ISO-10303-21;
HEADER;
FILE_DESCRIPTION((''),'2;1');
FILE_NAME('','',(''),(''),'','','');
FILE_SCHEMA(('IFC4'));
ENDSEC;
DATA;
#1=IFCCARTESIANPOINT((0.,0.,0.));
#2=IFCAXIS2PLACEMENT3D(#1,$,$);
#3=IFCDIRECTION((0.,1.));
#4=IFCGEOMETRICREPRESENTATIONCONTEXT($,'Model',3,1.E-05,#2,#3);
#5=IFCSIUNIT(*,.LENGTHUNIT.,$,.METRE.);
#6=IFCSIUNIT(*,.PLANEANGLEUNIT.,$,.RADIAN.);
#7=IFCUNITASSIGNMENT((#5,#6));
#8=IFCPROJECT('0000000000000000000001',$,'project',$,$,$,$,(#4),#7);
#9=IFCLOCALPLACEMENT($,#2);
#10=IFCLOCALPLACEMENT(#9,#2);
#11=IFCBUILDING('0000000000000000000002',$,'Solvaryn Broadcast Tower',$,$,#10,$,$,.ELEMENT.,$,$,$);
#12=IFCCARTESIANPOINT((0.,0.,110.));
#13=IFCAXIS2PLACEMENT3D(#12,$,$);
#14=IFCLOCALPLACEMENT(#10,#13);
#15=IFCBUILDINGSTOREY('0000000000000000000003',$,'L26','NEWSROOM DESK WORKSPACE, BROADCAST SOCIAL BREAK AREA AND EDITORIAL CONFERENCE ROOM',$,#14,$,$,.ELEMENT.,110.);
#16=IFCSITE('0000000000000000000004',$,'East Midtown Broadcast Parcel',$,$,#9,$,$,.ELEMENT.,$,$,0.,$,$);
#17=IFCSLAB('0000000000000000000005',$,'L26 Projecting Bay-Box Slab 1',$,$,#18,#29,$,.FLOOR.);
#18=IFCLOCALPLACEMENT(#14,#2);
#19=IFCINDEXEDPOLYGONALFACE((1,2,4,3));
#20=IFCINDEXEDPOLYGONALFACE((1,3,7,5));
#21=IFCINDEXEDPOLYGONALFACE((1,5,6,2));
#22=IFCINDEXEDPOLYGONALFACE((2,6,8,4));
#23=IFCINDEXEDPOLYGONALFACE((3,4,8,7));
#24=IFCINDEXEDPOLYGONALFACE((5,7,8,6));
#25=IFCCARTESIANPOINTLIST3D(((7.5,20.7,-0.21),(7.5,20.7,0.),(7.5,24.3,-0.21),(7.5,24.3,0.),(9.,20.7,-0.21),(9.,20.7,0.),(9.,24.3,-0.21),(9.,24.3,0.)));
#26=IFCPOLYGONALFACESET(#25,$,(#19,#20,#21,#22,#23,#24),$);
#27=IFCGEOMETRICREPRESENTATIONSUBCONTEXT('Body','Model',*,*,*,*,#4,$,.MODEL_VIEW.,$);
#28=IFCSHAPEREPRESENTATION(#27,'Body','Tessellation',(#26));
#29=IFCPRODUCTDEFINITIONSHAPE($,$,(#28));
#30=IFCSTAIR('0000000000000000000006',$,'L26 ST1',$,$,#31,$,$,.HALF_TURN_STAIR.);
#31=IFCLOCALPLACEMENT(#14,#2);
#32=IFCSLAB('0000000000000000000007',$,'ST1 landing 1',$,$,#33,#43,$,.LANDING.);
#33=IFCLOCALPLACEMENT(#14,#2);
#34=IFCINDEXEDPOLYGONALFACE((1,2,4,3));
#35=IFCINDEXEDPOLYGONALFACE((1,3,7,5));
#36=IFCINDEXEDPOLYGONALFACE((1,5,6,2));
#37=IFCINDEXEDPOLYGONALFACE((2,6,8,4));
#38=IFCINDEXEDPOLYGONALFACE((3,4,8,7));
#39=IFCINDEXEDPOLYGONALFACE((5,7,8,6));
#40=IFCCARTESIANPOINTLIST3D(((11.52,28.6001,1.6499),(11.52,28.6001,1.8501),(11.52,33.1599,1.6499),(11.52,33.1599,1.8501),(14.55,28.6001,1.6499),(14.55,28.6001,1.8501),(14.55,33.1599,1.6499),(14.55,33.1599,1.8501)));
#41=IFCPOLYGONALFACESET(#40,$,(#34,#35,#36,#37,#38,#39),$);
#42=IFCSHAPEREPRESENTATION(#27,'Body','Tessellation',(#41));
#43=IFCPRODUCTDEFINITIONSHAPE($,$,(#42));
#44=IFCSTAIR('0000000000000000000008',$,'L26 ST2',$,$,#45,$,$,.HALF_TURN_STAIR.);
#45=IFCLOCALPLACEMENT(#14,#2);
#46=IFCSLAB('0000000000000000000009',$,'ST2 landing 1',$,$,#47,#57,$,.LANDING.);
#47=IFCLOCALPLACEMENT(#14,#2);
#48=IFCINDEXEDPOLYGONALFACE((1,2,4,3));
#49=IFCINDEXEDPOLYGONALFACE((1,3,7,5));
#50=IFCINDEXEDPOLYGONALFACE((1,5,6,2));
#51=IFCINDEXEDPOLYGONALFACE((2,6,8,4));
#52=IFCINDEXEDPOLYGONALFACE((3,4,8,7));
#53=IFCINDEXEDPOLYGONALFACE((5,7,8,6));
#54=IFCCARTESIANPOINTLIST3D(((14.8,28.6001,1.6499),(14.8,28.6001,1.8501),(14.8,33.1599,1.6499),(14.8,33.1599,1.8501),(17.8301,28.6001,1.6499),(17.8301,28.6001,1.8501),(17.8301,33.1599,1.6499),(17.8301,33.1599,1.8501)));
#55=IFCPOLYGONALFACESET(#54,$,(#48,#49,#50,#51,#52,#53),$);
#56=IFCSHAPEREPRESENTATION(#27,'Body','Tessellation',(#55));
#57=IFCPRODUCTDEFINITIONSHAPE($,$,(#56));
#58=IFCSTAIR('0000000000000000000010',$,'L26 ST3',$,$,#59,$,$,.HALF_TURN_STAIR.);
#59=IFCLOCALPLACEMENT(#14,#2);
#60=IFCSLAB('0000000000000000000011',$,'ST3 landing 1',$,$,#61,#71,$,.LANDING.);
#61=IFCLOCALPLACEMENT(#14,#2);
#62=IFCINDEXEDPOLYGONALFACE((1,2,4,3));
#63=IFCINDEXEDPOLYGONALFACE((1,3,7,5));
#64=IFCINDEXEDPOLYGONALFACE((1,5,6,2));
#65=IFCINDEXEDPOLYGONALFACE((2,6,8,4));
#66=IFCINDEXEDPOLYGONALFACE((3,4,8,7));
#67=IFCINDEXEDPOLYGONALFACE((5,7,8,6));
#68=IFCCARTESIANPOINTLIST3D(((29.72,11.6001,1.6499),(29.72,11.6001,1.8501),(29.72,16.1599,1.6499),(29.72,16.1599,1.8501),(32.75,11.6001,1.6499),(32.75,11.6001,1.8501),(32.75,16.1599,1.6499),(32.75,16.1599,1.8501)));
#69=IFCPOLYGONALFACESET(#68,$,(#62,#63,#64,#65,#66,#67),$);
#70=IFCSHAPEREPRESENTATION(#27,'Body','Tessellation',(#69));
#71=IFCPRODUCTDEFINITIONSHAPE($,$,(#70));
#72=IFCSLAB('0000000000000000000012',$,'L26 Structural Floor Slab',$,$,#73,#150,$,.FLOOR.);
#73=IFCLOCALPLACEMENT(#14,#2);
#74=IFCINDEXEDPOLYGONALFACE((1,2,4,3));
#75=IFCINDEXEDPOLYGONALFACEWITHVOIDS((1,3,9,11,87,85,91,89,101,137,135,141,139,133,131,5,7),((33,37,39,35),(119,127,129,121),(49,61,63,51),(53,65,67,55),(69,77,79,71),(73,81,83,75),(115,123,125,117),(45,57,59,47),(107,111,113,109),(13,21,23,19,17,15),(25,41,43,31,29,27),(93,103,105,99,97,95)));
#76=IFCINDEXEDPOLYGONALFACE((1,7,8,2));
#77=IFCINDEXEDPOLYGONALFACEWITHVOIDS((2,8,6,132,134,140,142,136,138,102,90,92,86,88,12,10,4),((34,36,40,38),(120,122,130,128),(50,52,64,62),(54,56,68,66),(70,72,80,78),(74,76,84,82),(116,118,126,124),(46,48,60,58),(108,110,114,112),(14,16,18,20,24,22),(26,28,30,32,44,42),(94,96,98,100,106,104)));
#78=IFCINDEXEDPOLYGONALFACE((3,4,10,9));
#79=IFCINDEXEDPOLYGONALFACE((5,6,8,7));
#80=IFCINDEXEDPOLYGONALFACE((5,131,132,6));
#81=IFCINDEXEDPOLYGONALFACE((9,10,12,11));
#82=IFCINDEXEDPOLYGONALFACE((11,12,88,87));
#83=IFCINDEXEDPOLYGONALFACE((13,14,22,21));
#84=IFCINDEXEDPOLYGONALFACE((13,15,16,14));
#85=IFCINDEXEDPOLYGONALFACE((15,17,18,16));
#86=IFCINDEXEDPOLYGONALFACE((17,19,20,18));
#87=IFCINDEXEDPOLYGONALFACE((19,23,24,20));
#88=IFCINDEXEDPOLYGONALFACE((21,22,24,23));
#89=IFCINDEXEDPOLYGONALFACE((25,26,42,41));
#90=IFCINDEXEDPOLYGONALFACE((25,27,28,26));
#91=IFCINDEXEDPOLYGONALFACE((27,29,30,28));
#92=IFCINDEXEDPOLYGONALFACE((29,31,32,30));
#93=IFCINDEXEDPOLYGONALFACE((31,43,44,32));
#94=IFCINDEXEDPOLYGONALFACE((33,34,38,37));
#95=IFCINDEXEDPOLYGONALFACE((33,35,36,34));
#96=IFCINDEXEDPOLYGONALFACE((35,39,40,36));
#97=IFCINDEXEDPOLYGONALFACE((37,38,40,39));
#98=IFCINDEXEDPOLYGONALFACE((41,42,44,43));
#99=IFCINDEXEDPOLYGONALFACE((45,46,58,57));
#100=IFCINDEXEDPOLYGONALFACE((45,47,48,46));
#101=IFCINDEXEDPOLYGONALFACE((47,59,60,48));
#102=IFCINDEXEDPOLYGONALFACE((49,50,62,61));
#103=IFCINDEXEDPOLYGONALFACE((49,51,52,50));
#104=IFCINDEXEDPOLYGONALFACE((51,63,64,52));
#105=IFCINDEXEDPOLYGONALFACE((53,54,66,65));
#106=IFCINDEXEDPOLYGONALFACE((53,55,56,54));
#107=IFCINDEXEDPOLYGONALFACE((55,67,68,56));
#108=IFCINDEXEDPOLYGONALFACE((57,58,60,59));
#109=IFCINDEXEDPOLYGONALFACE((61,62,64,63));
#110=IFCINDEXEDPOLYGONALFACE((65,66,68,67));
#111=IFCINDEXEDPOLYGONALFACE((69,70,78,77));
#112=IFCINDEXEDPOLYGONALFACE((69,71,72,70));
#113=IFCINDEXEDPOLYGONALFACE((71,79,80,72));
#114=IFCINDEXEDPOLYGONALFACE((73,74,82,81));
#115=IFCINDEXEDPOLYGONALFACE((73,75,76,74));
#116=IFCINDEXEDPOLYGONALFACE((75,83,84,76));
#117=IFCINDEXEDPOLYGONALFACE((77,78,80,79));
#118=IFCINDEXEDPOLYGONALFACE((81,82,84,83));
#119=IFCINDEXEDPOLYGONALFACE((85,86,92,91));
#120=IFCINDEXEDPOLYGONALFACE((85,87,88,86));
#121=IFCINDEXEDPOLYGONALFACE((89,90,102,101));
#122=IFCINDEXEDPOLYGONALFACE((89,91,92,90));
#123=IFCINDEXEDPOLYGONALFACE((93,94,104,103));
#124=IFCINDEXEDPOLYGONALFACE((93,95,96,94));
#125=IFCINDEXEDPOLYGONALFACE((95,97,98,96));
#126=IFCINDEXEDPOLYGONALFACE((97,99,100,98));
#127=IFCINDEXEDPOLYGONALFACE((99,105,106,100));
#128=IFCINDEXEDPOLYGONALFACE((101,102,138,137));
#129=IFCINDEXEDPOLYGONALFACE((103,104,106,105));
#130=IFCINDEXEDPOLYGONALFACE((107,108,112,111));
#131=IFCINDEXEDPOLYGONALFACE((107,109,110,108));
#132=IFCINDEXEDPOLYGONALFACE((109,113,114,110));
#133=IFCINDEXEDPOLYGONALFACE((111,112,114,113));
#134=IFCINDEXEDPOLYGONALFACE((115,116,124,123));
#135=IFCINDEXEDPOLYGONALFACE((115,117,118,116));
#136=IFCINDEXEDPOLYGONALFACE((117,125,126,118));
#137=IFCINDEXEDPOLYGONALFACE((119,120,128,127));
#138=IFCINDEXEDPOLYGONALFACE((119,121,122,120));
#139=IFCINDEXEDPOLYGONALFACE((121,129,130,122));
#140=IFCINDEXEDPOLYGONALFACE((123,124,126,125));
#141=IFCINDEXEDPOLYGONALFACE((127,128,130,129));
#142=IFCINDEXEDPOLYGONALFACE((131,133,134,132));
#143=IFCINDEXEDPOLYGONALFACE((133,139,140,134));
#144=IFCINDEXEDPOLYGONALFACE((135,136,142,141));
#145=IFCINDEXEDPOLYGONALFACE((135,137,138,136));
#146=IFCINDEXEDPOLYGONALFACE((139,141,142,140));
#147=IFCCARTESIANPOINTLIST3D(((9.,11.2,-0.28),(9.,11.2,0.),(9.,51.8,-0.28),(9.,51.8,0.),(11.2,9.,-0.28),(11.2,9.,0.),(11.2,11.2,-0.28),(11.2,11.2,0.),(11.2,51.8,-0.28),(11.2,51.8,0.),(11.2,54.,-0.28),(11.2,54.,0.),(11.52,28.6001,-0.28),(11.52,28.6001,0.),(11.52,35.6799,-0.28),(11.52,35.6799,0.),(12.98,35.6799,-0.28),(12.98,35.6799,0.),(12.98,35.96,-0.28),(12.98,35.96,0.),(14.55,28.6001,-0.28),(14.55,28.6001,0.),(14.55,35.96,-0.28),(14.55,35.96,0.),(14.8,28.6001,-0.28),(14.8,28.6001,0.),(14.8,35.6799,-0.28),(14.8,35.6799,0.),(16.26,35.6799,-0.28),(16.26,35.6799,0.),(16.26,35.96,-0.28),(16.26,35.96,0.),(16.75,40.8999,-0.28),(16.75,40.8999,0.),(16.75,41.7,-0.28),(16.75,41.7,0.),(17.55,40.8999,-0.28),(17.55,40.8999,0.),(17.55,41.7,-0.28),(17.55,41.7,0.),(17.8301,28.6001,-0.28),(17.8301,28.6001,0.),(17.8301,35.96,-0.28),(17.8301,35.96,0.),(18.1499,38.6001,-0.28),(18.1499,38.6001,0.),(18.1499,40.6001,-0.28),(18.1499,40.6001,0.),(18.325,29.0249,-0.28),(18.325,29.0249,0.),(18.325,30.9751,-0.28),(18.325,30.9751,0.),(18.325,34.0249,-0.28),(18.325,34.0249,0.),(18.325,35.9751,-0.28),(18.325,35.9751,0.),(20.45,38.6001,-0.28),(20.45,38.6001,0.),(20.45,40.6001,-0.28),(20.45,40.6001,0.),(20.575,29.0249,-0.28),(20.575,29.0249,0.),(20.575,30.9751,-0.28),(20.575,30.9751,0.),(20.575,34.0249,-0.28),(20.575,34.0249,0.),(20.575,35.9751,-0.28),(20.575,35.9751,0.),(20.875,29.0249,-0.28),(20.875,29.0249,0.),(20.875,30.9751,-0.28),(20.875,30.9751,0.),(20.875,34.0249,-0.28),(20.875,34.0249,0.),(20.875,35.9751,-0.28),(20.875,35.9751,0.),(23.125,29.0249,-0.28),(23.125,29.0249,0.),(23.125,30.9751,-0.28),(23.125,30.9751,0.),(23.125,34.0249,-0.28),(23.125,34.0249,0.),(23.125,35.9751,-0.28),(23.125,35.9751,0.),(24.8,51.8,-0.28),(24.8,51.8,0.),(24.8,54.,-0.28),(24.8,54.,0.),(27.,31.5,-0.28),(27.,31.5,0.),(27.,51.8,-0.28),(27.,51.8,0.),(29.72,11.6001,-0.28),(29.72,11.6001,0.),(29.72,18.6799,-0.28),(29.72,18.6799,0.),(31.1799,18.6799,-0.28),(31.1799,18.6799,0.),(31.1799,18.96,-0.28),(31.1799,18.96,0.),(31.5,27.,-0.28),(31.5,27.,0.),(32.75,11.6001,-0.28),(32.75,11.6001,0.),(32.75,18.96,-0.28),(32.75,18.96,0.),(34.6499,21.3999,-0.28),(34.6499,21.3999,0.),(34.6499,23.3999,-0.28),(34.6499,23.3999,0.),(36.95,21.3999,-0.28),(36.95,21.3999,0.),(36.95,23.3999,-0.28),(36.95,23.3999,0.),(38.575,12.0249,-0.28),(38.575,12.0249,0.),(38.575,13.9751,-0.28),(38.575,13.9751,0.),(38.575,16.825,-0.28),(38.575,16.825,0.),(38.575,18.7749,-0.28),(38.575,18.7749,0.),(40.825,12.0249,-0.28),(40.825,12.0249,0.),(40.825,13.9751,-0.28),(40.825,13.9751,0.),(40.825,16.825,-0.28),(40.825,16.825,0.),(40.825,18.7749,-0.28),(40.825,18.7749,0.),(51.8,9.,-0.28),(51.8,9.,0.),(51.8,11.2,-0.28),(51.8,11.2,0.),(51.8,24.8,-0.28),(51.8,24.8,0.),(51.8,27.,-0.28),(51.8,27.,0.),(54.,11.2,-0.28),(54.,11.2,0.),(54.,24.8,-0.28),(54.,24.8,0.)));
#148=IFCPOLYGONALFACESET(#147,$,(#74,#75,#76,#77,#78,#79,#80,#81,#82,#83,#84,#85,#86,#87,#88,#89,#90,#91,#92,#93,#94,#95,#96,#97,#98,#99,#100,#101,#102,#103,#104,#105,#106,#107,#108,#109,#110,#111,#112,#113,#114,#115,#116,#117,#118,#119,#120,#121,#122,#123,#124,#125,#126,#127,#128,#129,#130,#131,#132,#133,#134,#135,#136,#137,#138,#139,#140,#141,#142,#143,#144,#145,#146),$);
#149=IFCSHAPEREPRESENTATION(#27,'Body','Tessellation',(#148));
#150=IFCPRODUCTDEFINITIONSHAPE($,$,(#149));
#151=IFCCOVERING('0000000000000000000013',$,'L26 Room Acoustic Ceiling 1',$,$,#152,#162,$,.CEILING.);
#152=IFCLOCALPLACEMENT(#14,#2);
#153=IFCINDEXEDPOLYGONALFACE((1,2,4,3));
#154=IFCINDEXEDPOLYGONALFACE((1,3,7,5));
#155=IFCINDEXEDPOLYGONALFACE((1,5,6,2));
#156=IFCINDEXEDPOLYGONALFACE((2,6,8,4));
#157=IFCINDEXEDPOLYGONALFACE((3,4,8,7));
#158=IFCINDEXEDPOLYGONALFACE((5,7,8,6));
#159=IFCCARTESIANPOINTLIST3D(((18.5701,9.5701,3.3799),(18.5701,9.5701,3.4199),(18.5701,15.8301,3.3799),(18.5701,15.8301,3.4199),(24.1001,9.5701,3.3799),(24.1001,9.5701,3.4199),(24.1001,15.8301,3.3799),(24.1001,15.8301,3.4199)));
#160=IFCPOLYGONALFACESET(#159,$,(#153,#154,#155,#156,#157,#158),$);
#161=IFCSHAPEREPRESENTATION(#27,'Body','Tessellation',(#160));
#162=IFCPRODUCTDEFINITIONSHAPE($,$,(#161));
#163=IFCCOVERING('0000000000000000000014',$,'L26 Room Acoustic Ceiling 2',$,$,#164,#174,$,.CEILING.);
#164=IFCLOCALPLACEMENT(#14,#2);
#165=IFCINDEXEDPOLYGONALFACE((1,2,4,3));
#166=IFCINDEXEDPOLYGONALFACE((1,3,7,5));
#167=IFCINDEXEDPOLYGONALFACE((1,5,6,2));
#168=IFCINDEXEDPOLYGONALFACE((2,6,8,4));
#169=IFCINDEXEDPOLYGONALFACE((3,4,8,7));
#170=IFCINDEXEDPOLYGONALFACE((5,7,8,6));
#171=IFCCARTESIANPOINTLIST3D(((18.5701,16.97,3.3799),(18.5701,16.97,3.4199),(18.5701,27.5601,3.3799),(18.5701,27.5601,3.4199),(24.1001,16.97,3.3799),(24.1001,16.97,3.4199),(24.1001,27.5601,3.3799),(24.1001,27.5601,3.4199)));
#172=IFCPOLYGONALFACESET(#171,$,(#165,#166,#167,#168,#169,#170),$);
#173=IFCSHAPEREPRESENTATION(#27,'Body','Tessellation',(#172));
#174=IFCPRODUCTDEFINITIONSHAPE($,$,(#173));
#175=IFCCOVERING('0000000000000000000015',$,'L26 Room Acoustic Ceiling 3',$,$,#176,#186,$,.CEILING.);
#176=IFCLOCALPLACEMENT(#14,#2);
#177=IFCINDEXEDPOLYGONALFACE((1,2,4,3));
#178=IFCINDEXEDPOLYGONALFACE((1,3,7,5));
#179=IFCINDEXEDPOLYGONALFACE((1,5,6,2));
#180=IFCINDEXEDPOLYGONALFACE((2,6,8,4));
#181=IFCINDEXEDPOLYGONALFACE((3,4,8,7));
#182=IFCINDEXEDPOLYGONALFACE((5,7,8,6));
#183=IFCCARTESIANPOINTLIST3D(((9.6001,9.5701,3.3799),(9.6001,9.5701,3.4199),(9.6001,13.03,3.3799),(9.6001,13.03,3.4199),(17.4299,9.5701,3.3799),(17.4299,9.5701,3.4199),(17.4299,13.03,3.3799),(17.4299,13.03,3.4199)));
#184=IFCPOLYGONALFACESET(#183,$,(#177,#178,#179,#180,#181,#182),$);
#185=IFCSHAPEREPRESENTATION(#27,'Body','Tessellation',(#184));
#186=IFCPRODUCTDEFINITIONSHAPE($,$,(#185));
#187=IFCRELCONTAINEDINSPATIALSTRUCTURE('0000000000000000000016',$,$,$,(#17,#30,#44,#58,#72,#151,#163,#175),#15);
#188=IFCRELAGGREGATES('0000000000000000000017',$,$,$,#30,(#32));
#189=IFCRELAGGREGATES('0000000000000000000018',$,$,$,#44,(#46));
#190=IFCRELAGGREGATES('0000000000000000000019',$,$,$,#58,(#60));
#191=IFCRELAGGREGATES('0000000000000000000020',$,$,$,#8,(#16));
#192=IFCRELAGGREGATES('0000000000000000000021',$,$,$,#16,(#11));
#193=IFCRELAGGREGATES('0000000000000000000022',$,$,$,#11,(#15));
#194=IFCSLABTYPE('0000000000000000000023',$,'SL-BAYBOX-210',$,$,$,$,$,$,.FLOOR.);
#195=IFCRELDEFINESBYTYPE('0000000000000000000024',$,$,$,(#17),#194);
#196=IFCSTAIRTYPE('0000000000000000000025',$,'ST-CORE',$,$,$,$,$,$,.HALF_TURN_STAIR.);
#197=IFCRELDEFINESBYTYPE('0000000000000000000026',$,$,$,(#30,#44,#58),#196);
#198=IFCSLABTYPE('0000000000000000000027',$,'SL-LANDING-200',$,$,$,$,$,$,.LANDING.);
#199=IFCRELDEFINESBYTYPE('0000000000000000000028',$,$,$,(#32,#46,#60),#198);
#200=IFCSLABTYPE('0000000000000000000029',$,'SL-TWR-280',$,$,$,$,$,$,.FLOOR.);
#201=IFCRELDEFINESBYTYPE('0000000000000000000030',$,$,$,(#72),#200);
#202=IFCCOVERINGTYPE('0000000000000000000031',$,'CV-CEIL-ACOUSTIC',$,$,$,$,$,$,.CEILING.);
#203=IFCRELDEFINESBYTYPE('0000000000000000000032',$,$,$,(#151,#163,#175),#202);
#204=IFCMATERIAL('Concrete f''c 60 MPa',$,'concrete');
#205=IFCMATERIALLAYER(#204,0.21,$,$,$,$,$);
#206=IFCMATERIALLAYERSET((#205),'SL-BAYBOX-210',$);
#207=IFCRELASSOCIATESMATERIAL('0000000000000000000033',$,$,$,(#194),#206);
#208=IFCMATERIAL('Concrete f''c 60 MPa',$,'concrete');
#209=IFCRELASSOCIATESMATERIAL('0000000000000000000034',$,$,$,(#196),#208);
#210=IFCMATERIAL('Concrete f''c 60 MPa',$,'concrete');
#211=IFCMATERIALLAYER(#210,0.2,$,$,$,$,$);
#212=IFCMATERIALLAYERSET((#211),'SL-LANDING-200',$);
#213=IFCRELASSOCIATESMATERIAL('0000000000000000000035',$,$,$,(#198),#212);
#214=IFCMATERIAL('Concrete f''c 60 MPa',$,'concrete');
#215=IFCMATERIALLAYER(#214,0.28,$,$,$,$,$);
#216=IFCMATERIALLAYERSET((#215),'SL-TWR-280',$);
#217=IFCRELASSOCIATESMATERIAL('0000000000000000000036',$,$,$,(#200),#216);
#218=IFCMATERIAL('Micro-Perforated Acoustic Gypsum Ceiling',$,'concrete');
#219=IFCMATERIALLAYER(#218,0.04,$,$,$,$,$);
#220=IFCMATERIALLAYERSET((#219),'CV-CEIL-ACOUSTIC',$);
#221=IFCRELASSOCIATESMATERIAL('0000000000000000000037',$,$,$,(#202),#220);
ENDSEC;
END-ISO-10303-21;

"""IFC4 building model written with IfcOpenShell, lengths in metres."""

from ifc_helpers import new_model, si_unit, direction, frame, origin, place, context, subcontext, project, spatial, polyline, outline, extrude, material, layer, layer_set, type_object, element, aggregate, save


model = new_model("IFC4")

# Units and contexts
model_context = context("Model", 3, precision=1e-05, world=origin(), true_north=direction((0.0, 1.0)))
body_context = subcontext(model_context, "Body", "Model", "MODEL_VIEW")
ifc_project = project(units=[si_unit("LENGTHUNIT", "METRE"), si_unit("PLANEANGLEUNIT", "RADIAN")], contexts=[model_context])

# Site, building, storey
site_placement = place(None, origin())
site = spatial("IfcSite", under=ifc_project, at=site_placement, Name="East Midtown Broadcast Parcel", CompositionType="ELEMENT", RefElevation=0.0)
building_placement = place(site_placement, origin())
building = spatial("IfcBuilding", under=site, at=building_placement, Name="Solvaryn Broadcast Tower", CompositionType="ELEMENT")
storey_placement = place(building_placement, frame((0.0, 0.0, 110.0)))
storey = spatial("IfcBuildingStorey", under=building, at=storey_placement, Name="L26", Description="NEWSROOM DESK WORKSPACE, BROADCAST SOCIAL BREAK AREA AND EDITORIAL CONFERENCE ROOM", CompositionType="ELEMENT", Elevation=110.0)

# Slab
ifc_material_1 = material(Name="Concrete f'c 60 MPa", Category="concrete")
ifc_layer_1 = layer(ifc_material_1, 0.21)
ifc_layer_set_1 = layer_set([ifc_layer_1], Name="SL-BAYBOX-210")
slab_type_1 = type_object("IfcSlabType", Name="SL-BAYBOX-210", PredefinedType="FLOOR", material=ifc_layer_set_1)
slab_1_placement = place(storey_placement, frame((0.0, 0.0, -0.21)))
element("IfcSlab", 1, at=slab_1_placement, inside=storey, type_object=slab_type_1, Name="L26 Projecting Bay-Box Slab 1", PredefinedType="FLOOR", context=body_context, shape_type="SweptSolid", body=[
    extrude(outline(polyline([(7.5, 20.7), (9.0, 20.7), (9.0, 24.3), (7.5, 24.3), (7.5, 20.7)])), origin(), (0.0, 0.0, 1.0), 0.21),
])

# Stairs, slabs
ifc_material_2 = material(Name="Concrete f'c 60 MPa", Category="concrete")
stair_type = type_object("IfcStairType", Name="ST-CORE", PredefinedType="HALF_TURN_STAIR", material=ifc_material_2)
stair_1_placement = place(storey_placement, origin())
stair_1 = element("IfcStair", 2, at=stair_1_placement, inside=storey, type_object=stair_type, Name="L26 ST1", PredefinedType="HALF_TURN_STAIR")
ifc_material_3 = material(Name="Concrete f'c 60 MPa", Category="concrete")
ifc_layer_2 = layer(ifc_material_3, 0.2)
ifc_layer_set_2 = layer_set([ifc_layer_2], Name="SL-LANDING-200")
slab_type_2 = type_object("IfcSlabType", Name="SL-LANDING-200", PredefinedType="LANDING", material=ifc_layer_set_2)
slab_2_placement = place(storey_placement, frame((0.0, 0.0, 1.6499)))
slab_2 = element("IfcSlab", 3, at=slab_2_placement, type_object=slab_type_2, Name="ST1 landing 1", PredefinedType="LANDING", context=body_context, shape_type="SweptSolid", body=[
    extrude(outline(polyline([(11.52, 33.1599), (11.52, 28.6001), (14.55, 28.6001), (14.55, 33.1599), (11.52, 33.1599)])), origin(), (0.0, 0.0, 1.0), 0.2002),
])
aggregate(stair_1, [slab_2])
stair_2_placement = place(storey_placement, origin())
stair_2 = element("IfcStair", 4, at=stair_2_placement, inside=storey, type_object=stair_type, Name="L26 ST2", PredefinedType="HALF_TURN_STAIR")
slab_3_placement = place(storey_placement, frame((0.0, 0.0, 1.6499)))
slab_3 = element("IfcSlab", 5, at=slab_3_placement, type_object=slab_type_2, Name="ST2 landing 1", PredefinedType="LANDING", context=body_context, shape_type="SweptSolid", body=[
    extrude(outline(polyline([(14.8, 33.1599), (14.8, 28.6001), (17.8301, 28.6001), (17.8301, 33.1599), (14.8, 33.1599)])), origin(), (0.0, 0.0, 1.0), 0.2002),
])
aggregate(stair_2, [slab_3])
stair_3_placement = place(storey_placement, origin())
stair_3 = element("IfcStair", 6, at=stair_3_placement, inside=storey, type_object=stair_type, Name="L26 ST3", PredefinedType="HALF_TURN_STAIR")
slab_4_placement = place(storey_placement, frame((0.0, 0.0, 1.6499)))
slab_4 = element("IfcSlab", 7, at=slab_4_placement, type_object=slab_type_2, Name="ST3 landing 1", PredefinedType="LANDING", context=body_context, shape_type="SweptSolid", body=[
    extrude(outline(polyline([(29.72, 16.1599), (29.72, 11.6001), (32.75, 11.6001), (32.75, 16.1599), (29.72, 16.1599)])), origin(), (0.0, 0.0, 1.0), 0.2002),
])
aggregate(stair_3, [slab_4])

# Slab
ifc_material_4 = material(Name="Concrete f'c 60 MPa", Category="concrete")
ifc_layer_3 = layer(ifc_material_4, 0.28)
ifc_layer_set_3 = layer_set([ifc_layer_3], Name="SL-TWR-280")
slab_type_3 = type_object("IfcSlabType", Name="SL-TWR-280", PredefinedType="FLOOR", material=ifc_layer_set_3)
slab_5_placement = place(storey_placement, frame((0.0, 0.0, -0.28)))
element("IfcSlab", 8, at=slab_5_placement, inside=storey, type_object=slab_type_3, Name="L26 Structural Floor Slab", PredefinedType="FLOOR", context=body_context, shape_type="SweptSolid", body=[
    extrude(outline(polyline([(11.2, 9.0), (51.8, 9.0), (51.8, 11.2), (54.0, 11.2), (54.0, 24.8), (51.8, 24.8), (51.8, 27.0), (31.5, 27.0), (27.0, 31.5), (27.0, 51.8), (24.8, 51.8), (24.8, 54.0), (11.2, 54.0), (11.2, 51.8), (9.0, 51.8), (9.0, 11.2), (11.2, 11.2), (11.2, 9.0)]), holes=[polyline([(11.52, 28.6001), (14.55, 28.6001), (14.55, 35.96), (12.98, 35.96), (12.98, 35.6799), (11.52, 35.6799), (11.52, 28.6001)]), polyline([(14.8, 28.6001), (17.8301, 28.6001), (17.8301, 35.96), (16.26, 35.96), (16.26, 35.6799), (14.8, 35.6799), (14.8, 28.6001)]), polyline([(29.72, 11.6001), (32.75, 11.6001), (32.75, 18.96), (31.1799, 18.96), (31.1799, 18.6799), (29.72, 18.6799), (29.72, 11.6001)]), polyline([(18.1499, 38.6001), (20.45, 38.6001), (20.45, 40.6001), (18.1499, 40.6001), (18.1499, 38.6001)]), polyline([(18.325, 29.0249), (20.575, 29.0249), (20.575, 30.9751), (18.325, 30.9751), (18.325, 29.0249)]), polyline([(20.875, 29.0249), (23.125, 29.0249), (23.125, 30.9751), (20.875, 30.9751), (20.875, 29.0249)]), polyline([(18.325, 34.0249), (20.575, 34.0249), (20.575, 35.9751), (18.325, 35.9751), (18.325, 34.0249)]), polyline([(20.875, 34.0249), (23.125, 34.0249), (23.125, 35.9751), (20.875, 35.9751), (20.875, 34.0249)]), polyline([(34.6499, 21.3999), (36.95, 21.3999), (36.95, 23.3999), (34.6499, 23.3999), (34.6499, 21.3999)]), polyline([(38.575, 12.0249), (40.825, 12.0249), (40.825, 13.9751), (38.575, 13.9751), (38.575, 12.0249)]), polyline([(38.575, 16.825), (40.825, 16.825), (40.825, 18.7749), (38.575, 18.7749), (38.575, 16.825)]), polyline([(16.75, 40.8999), (17.55, 40.8999), (17.55, 41.7), (16.75, 41.7), (16.75, 40.8999)])]), origin(), (0.0, 0.0, 1.0), 0.28),
])

# Coverings
ifc_material_5 = material(Name="Micro-Perforated Acoustic Gypsum Ceiling", Category="concrete")
ifc_layer_4 = layer(ifc_material_5, 0.04)
ifc_layer_set_4 = layer_set([ifc_layer_4], Name="CV-CEIL-ACOUSTIC")
covering_type_1 = type_object("IfcCoveringType", Name="CV-CEIL-ACOUSTIC", PredefinedType="CEILING", material=ifc_layer_set_4)
covering_1_placement = place(storey_placement, frame((0.0, 0.0, 3.3799)))
element("IfcCovering", 9, at=covering_1_placement, inside=storey, type_object=covering_type_1, Name="L26 Room Acoustic Ceiling 1", PredefinedType="CEILING", context=body_context, shape_type="SweptSolid", body=[
    extrude(outline(polyline([(18.5701, 9.5701), (24.1001, 9.5701), (24.1001, 15.8301), (18.5701, 15.8301), (18.5701, 9.5701)])), origin(), (0.0, 0.0, 1.0), 0.04),
])
covering_2_placement = place(storey_placement, frame((0.0, 0.0, 3.3799)))
element("IfcCovering", 10, at=covering_2_placement, inside=storey, type_object=covering_type_1, Name="L26 Room Acoustic Ceiling 2", PredefinedType="CEILING", context=body_context, shape_type="SweptSolid", body=[
    extrude(outline(polyline([(18.5701, 16.97), (24.1001, 16.97), (24.1001, 27.5601), (18.5701, 27.5601), (18.5701, 16.97)])), origin(), (0.0, 0.0, 1.0), 0.04),
])
covering_3_placement = place(storey_placement, frame((0.0, 0.0, 3.3799)))
element("IfcCovering", 11, at=covering_3_placement, inside=storey, type_object=covering_type_1, Name="L26 Room Acoustic Ceiling 3", PredefinedType="CEILING", context=body_context, shape_type="SweptSolid", body=[
    extrude(outline(polyline([(9.6001, 9.5701), (17.4299, 9.5701), (17.4299, 13.03), (9.6001, 13.03), (9.6001, 9.5701)])), origin(), (0.0, 0.0, 1.0), 0.04),
])

save(model, "model.ifc")
